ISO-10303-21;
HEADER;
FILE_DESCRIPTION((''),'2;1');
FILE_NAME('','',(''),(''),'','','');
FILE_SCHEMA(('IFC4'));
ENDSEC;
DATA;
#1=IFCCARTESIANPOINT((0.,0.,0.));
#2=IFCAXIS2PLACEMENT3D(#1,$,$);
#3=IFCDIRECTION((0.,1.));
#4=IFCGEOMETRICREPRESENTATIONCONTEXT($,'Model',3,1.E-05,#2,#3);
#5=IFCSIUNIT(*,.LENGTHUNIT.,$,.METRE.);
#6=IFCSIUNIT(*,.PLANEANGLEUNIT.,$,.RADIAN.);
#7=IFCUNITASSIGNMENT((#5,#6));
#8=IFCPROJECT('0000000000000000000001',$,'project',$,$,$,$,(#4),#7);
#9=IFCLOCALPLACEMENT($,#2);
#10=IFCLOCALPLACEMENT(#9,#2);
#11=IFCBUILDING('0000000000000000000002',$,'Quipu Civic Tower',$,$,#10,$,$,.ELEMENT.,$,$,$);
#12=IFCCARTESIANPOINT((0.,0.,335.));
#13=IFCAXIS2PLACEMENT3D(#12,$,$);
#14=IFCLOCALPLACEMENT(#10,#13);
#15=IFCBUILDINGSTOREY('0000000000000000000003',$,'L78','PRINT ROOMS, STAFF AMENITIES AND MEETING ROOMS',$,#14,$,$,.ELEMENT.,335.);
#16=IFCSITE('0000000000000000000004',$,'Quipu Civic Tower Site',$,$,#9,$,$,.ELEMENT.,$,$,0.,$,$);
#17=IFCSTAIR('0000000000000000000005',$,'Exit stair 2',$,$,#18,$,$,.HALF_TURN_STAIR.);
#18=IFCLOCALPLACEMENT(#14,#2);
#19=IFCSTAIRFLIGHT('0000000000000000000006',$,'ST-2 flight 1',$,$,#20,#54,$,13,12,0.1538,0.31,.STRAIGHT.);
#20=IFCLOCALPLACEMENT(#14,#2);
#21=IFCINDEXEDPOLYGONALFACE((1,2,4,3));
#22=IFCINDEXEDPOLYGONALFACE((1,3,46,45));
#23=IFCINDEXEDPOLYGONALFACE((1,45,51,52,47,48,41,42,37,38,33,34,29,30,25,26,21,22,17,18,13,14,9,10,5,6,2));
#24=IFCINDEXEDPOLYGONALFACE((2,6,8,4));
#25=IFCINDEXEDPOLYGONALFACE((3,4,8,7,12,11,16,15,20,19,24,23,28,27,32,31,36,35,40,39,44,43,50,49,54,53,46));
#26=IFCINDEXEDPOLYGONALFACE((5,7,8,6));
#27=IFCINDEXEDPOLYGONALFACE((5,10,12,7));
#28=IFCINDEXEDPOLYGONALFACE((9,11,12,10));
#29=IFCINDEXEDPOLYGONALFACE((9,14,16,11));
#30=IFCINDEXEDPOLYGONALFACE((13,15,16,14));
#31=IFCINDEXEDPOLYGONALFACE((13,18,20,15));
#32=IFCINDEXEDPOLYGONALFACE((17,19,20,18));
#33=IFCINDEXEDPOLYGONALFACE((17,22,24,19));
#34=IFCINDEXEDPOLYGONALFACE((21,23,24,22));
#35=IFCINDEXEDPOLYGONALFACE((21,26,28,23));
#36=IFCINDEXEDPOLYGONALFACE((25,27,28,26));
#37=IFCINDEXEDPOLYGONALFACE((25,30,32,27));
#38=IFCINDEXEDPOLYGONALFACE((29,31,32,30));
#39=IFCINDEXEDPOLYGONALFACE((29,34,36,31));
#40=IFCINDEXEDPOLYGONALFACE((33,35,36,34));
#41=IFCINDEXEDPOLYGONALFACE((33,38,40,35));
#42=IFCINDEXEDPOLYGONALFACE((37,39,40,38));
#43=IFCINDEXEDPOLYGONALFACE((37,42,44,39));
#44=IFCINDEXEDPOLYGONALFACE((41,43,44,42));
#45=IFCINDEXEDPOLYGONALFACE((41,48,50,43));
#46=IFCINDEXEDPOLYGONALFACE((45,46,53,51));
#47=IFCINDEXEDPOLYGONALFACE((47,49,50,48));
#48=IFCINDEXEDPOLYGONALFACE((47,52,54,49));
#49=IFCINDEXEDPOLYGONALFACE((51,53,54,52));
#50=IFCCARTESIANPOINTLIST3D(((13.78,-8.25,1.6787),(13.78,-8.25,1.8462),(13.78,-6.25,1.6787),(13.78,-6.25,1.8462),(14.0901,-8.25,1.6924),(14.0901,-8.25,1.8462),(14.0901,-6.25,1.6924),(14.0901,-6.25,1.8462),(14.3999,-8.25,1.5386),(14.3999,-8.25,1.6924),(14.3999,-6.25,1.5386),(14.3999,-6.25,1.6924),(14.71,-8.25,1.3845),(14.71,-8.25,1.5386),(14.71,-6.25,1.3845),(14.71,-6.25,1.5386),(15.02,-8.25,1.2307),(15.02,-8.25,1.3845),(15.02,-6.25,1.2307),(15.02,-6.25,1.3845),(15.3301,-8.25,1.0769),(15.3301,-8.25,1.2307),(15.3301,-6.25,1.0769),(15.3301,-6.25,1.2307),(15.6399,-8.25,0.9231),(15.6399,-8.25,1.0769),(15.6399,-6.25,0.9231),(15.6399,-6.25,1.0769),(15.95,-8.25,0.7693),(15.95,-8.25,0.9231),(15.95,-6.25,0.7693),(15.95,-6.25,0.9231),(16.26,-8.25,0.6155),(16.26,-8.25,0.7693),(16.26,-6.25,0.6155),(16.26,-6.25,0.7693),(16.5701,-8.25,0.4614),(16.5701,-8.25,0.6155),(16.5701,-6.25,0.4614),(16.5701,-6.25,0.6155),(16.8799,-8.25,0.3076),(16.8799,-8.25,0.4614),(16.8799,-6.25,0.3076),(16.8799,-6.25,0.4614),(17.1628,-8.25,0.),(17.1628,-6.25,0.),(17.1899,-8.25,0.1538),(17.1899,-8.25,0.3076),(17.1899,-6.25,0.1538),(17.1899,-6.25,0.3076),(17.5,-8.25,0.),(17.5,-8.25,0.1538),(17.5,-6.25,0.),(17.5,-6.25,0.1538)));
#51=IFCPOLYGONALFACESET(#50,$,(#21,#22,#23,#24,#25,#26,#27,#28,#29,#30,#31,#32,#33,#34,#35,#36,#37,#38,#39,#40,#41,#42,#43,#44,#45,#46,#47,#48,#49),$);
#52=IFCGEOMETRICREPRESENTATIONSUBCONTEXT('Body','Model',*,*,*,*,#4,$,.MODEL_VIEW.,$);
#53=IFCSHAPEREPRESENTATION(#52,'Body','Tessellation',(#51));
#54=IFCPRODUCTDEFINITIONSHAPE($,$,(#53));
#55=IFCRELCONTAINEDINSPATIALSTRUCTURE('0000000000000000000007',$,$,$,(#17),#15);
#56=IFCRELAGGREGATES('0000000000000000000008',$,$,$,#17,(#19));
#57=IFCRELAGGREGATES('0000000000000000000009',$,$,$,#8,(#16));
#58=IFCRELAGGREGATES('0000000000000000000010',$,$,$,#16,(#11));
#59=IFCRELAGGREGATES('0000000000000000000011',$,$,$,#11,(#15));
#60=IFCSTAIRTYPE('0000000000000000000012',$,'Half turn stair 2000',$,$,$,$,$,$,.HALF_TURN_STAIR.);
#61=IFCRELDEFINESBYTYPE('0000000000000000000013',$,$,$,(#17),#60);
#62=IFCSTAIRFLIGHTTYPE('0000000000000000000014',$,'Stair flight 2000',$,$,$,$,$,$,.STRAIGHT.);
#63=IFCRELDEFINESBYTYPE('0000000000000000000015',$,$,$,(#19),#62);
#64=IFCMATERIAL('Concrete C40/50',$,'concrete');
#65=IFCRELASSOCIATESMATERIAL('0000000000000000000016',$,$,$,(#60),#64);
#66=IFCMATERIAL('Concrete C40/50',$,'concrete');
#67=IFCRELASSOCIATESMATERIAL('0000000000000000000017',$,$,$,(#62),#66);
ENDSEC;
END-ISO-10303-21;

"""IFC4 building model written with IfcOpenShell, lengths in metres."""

from ifc_helpers import new_model, si_unit, direction, frame, origin, place, context, subcontext, project, spatial, polyline, outline, extrude, material, type_object, element, aggregate, save


model = new_model("IFC4")

# Units and contexts
model_context = context("Model", 3, precision=1e-05, world=origin(), true_north=direction((0.0, 1.0)))
body_context = subcontext(model_context, "Body", "Model", "MODEL_VIEW")
ifc_project = project(units=[si_unit("LENGTHUNIT", "METRE"), si_unit("PLANEANGLEUNIT", "RADIAN")], contexts=[model_context])

# Site, building, storey
site_placement = place(None, origin())
site = spatial("IfcSite", under=ifc_project, at=site_placement, Name="Quipu Civic Tower Site", CompositionType="ELEMENT", RefElevation=0.0)
building_placement = place(site_placement, origin())
building = spatial("IfcBuilding", under=site, at=building_placement, Name="Quipu Civic Tower", CompositionType="ELEMENT")
storey_placement = place(building_placement, frame((0.0, 0.0, 335.0)))
storey = spatial("IfcBuildingStorey", under=building, at=storey_placement, Name="L78", Description="PRINT ROOMS, STAFF AMENITIES AND MEETING ROOMS", CompositionType="ELEMENT", Elevation=335.0)

# Stair, stair flight
ifc_material_1 = material(Name="Concrete C40/50", Category="concrete")
stair_type = type_object("IfcStairType", Name="Half turn stair 2000", PredefinedType="HALF_TURN_STAIR", material=ifc_material_1)
stair_placement = place(storey_placement, origin())
stair = element("IfcStair", 1, at=stair_placement, inside=storey, type_object=stair_type, Name="Exit stair 2", PredefinedType="HALF_TURN_STAIR")
ifc_material_2 = material(Name="Concrete C40/50", Category="concrete")
stair_flight_type = type_object("IfcStairFlightType", Name="Stair flight 2000", PredefinedType="STRAIGHT", material=ifc_material_2)
stair_flight_placement = place(storey_placement, frame((17.5, -7.25, 0.0), z_axis=(0.0, 0.0, 1.0), x_axis=(-1.0, 0.0, 0.0)))
stair_flight = element("IfcStairFlight", 2, at=stair_flight_placement, type_object=stair_flight_type, Name="ST-2 flight 1", NumberOfRisers=13, NumberOfTreads=12, PredefinedType="STRAIGHT", RiserHeight=0.1538, TreadLength=0.31, context=body_context, shape_type="SweptSolid", body=[
    extrude(outline(polyline([(0.0, 0.0), (0.0, 0.1538), (0.3101, 0.1538), (0.3101, 0.3076), (0.6201, 0.3076), (0.6201, 0.4614), (0.9299, 0.4614), (0.9299, 0.6155), (1.24, 0.6155), (1.24, 0.7693), (1.55, 0.7693), (1.55, 0.9231), (1.8601, 0.9231), (1.8601, 1.0769), (2.1699, 1.0769), (2.1699, 1.2307), (2.48, 1.2307), (2.48, 1.3845), (2.79, 1.3845), (2.79, 1.5386), (3.1001, 1.5386), (3.1001, 1.6924), (3.4099, 1.6924), (3.4099, 1.8462), (3.72, 1.8462), (3.72, 2.0), (3.72, 1.6787), (0.3372, 0.0), (0.0, 0.0)])), frame((0.0, 1.0, 0.0), z_axis=(0.0, -1.0, 0.0), x_axis=(1.0, 0.0, 0.0)), (0.0, 0.0, 1.0), 2.0),
])
aggregate(stair, [stair_flight])

save(model, "model.ifc")
